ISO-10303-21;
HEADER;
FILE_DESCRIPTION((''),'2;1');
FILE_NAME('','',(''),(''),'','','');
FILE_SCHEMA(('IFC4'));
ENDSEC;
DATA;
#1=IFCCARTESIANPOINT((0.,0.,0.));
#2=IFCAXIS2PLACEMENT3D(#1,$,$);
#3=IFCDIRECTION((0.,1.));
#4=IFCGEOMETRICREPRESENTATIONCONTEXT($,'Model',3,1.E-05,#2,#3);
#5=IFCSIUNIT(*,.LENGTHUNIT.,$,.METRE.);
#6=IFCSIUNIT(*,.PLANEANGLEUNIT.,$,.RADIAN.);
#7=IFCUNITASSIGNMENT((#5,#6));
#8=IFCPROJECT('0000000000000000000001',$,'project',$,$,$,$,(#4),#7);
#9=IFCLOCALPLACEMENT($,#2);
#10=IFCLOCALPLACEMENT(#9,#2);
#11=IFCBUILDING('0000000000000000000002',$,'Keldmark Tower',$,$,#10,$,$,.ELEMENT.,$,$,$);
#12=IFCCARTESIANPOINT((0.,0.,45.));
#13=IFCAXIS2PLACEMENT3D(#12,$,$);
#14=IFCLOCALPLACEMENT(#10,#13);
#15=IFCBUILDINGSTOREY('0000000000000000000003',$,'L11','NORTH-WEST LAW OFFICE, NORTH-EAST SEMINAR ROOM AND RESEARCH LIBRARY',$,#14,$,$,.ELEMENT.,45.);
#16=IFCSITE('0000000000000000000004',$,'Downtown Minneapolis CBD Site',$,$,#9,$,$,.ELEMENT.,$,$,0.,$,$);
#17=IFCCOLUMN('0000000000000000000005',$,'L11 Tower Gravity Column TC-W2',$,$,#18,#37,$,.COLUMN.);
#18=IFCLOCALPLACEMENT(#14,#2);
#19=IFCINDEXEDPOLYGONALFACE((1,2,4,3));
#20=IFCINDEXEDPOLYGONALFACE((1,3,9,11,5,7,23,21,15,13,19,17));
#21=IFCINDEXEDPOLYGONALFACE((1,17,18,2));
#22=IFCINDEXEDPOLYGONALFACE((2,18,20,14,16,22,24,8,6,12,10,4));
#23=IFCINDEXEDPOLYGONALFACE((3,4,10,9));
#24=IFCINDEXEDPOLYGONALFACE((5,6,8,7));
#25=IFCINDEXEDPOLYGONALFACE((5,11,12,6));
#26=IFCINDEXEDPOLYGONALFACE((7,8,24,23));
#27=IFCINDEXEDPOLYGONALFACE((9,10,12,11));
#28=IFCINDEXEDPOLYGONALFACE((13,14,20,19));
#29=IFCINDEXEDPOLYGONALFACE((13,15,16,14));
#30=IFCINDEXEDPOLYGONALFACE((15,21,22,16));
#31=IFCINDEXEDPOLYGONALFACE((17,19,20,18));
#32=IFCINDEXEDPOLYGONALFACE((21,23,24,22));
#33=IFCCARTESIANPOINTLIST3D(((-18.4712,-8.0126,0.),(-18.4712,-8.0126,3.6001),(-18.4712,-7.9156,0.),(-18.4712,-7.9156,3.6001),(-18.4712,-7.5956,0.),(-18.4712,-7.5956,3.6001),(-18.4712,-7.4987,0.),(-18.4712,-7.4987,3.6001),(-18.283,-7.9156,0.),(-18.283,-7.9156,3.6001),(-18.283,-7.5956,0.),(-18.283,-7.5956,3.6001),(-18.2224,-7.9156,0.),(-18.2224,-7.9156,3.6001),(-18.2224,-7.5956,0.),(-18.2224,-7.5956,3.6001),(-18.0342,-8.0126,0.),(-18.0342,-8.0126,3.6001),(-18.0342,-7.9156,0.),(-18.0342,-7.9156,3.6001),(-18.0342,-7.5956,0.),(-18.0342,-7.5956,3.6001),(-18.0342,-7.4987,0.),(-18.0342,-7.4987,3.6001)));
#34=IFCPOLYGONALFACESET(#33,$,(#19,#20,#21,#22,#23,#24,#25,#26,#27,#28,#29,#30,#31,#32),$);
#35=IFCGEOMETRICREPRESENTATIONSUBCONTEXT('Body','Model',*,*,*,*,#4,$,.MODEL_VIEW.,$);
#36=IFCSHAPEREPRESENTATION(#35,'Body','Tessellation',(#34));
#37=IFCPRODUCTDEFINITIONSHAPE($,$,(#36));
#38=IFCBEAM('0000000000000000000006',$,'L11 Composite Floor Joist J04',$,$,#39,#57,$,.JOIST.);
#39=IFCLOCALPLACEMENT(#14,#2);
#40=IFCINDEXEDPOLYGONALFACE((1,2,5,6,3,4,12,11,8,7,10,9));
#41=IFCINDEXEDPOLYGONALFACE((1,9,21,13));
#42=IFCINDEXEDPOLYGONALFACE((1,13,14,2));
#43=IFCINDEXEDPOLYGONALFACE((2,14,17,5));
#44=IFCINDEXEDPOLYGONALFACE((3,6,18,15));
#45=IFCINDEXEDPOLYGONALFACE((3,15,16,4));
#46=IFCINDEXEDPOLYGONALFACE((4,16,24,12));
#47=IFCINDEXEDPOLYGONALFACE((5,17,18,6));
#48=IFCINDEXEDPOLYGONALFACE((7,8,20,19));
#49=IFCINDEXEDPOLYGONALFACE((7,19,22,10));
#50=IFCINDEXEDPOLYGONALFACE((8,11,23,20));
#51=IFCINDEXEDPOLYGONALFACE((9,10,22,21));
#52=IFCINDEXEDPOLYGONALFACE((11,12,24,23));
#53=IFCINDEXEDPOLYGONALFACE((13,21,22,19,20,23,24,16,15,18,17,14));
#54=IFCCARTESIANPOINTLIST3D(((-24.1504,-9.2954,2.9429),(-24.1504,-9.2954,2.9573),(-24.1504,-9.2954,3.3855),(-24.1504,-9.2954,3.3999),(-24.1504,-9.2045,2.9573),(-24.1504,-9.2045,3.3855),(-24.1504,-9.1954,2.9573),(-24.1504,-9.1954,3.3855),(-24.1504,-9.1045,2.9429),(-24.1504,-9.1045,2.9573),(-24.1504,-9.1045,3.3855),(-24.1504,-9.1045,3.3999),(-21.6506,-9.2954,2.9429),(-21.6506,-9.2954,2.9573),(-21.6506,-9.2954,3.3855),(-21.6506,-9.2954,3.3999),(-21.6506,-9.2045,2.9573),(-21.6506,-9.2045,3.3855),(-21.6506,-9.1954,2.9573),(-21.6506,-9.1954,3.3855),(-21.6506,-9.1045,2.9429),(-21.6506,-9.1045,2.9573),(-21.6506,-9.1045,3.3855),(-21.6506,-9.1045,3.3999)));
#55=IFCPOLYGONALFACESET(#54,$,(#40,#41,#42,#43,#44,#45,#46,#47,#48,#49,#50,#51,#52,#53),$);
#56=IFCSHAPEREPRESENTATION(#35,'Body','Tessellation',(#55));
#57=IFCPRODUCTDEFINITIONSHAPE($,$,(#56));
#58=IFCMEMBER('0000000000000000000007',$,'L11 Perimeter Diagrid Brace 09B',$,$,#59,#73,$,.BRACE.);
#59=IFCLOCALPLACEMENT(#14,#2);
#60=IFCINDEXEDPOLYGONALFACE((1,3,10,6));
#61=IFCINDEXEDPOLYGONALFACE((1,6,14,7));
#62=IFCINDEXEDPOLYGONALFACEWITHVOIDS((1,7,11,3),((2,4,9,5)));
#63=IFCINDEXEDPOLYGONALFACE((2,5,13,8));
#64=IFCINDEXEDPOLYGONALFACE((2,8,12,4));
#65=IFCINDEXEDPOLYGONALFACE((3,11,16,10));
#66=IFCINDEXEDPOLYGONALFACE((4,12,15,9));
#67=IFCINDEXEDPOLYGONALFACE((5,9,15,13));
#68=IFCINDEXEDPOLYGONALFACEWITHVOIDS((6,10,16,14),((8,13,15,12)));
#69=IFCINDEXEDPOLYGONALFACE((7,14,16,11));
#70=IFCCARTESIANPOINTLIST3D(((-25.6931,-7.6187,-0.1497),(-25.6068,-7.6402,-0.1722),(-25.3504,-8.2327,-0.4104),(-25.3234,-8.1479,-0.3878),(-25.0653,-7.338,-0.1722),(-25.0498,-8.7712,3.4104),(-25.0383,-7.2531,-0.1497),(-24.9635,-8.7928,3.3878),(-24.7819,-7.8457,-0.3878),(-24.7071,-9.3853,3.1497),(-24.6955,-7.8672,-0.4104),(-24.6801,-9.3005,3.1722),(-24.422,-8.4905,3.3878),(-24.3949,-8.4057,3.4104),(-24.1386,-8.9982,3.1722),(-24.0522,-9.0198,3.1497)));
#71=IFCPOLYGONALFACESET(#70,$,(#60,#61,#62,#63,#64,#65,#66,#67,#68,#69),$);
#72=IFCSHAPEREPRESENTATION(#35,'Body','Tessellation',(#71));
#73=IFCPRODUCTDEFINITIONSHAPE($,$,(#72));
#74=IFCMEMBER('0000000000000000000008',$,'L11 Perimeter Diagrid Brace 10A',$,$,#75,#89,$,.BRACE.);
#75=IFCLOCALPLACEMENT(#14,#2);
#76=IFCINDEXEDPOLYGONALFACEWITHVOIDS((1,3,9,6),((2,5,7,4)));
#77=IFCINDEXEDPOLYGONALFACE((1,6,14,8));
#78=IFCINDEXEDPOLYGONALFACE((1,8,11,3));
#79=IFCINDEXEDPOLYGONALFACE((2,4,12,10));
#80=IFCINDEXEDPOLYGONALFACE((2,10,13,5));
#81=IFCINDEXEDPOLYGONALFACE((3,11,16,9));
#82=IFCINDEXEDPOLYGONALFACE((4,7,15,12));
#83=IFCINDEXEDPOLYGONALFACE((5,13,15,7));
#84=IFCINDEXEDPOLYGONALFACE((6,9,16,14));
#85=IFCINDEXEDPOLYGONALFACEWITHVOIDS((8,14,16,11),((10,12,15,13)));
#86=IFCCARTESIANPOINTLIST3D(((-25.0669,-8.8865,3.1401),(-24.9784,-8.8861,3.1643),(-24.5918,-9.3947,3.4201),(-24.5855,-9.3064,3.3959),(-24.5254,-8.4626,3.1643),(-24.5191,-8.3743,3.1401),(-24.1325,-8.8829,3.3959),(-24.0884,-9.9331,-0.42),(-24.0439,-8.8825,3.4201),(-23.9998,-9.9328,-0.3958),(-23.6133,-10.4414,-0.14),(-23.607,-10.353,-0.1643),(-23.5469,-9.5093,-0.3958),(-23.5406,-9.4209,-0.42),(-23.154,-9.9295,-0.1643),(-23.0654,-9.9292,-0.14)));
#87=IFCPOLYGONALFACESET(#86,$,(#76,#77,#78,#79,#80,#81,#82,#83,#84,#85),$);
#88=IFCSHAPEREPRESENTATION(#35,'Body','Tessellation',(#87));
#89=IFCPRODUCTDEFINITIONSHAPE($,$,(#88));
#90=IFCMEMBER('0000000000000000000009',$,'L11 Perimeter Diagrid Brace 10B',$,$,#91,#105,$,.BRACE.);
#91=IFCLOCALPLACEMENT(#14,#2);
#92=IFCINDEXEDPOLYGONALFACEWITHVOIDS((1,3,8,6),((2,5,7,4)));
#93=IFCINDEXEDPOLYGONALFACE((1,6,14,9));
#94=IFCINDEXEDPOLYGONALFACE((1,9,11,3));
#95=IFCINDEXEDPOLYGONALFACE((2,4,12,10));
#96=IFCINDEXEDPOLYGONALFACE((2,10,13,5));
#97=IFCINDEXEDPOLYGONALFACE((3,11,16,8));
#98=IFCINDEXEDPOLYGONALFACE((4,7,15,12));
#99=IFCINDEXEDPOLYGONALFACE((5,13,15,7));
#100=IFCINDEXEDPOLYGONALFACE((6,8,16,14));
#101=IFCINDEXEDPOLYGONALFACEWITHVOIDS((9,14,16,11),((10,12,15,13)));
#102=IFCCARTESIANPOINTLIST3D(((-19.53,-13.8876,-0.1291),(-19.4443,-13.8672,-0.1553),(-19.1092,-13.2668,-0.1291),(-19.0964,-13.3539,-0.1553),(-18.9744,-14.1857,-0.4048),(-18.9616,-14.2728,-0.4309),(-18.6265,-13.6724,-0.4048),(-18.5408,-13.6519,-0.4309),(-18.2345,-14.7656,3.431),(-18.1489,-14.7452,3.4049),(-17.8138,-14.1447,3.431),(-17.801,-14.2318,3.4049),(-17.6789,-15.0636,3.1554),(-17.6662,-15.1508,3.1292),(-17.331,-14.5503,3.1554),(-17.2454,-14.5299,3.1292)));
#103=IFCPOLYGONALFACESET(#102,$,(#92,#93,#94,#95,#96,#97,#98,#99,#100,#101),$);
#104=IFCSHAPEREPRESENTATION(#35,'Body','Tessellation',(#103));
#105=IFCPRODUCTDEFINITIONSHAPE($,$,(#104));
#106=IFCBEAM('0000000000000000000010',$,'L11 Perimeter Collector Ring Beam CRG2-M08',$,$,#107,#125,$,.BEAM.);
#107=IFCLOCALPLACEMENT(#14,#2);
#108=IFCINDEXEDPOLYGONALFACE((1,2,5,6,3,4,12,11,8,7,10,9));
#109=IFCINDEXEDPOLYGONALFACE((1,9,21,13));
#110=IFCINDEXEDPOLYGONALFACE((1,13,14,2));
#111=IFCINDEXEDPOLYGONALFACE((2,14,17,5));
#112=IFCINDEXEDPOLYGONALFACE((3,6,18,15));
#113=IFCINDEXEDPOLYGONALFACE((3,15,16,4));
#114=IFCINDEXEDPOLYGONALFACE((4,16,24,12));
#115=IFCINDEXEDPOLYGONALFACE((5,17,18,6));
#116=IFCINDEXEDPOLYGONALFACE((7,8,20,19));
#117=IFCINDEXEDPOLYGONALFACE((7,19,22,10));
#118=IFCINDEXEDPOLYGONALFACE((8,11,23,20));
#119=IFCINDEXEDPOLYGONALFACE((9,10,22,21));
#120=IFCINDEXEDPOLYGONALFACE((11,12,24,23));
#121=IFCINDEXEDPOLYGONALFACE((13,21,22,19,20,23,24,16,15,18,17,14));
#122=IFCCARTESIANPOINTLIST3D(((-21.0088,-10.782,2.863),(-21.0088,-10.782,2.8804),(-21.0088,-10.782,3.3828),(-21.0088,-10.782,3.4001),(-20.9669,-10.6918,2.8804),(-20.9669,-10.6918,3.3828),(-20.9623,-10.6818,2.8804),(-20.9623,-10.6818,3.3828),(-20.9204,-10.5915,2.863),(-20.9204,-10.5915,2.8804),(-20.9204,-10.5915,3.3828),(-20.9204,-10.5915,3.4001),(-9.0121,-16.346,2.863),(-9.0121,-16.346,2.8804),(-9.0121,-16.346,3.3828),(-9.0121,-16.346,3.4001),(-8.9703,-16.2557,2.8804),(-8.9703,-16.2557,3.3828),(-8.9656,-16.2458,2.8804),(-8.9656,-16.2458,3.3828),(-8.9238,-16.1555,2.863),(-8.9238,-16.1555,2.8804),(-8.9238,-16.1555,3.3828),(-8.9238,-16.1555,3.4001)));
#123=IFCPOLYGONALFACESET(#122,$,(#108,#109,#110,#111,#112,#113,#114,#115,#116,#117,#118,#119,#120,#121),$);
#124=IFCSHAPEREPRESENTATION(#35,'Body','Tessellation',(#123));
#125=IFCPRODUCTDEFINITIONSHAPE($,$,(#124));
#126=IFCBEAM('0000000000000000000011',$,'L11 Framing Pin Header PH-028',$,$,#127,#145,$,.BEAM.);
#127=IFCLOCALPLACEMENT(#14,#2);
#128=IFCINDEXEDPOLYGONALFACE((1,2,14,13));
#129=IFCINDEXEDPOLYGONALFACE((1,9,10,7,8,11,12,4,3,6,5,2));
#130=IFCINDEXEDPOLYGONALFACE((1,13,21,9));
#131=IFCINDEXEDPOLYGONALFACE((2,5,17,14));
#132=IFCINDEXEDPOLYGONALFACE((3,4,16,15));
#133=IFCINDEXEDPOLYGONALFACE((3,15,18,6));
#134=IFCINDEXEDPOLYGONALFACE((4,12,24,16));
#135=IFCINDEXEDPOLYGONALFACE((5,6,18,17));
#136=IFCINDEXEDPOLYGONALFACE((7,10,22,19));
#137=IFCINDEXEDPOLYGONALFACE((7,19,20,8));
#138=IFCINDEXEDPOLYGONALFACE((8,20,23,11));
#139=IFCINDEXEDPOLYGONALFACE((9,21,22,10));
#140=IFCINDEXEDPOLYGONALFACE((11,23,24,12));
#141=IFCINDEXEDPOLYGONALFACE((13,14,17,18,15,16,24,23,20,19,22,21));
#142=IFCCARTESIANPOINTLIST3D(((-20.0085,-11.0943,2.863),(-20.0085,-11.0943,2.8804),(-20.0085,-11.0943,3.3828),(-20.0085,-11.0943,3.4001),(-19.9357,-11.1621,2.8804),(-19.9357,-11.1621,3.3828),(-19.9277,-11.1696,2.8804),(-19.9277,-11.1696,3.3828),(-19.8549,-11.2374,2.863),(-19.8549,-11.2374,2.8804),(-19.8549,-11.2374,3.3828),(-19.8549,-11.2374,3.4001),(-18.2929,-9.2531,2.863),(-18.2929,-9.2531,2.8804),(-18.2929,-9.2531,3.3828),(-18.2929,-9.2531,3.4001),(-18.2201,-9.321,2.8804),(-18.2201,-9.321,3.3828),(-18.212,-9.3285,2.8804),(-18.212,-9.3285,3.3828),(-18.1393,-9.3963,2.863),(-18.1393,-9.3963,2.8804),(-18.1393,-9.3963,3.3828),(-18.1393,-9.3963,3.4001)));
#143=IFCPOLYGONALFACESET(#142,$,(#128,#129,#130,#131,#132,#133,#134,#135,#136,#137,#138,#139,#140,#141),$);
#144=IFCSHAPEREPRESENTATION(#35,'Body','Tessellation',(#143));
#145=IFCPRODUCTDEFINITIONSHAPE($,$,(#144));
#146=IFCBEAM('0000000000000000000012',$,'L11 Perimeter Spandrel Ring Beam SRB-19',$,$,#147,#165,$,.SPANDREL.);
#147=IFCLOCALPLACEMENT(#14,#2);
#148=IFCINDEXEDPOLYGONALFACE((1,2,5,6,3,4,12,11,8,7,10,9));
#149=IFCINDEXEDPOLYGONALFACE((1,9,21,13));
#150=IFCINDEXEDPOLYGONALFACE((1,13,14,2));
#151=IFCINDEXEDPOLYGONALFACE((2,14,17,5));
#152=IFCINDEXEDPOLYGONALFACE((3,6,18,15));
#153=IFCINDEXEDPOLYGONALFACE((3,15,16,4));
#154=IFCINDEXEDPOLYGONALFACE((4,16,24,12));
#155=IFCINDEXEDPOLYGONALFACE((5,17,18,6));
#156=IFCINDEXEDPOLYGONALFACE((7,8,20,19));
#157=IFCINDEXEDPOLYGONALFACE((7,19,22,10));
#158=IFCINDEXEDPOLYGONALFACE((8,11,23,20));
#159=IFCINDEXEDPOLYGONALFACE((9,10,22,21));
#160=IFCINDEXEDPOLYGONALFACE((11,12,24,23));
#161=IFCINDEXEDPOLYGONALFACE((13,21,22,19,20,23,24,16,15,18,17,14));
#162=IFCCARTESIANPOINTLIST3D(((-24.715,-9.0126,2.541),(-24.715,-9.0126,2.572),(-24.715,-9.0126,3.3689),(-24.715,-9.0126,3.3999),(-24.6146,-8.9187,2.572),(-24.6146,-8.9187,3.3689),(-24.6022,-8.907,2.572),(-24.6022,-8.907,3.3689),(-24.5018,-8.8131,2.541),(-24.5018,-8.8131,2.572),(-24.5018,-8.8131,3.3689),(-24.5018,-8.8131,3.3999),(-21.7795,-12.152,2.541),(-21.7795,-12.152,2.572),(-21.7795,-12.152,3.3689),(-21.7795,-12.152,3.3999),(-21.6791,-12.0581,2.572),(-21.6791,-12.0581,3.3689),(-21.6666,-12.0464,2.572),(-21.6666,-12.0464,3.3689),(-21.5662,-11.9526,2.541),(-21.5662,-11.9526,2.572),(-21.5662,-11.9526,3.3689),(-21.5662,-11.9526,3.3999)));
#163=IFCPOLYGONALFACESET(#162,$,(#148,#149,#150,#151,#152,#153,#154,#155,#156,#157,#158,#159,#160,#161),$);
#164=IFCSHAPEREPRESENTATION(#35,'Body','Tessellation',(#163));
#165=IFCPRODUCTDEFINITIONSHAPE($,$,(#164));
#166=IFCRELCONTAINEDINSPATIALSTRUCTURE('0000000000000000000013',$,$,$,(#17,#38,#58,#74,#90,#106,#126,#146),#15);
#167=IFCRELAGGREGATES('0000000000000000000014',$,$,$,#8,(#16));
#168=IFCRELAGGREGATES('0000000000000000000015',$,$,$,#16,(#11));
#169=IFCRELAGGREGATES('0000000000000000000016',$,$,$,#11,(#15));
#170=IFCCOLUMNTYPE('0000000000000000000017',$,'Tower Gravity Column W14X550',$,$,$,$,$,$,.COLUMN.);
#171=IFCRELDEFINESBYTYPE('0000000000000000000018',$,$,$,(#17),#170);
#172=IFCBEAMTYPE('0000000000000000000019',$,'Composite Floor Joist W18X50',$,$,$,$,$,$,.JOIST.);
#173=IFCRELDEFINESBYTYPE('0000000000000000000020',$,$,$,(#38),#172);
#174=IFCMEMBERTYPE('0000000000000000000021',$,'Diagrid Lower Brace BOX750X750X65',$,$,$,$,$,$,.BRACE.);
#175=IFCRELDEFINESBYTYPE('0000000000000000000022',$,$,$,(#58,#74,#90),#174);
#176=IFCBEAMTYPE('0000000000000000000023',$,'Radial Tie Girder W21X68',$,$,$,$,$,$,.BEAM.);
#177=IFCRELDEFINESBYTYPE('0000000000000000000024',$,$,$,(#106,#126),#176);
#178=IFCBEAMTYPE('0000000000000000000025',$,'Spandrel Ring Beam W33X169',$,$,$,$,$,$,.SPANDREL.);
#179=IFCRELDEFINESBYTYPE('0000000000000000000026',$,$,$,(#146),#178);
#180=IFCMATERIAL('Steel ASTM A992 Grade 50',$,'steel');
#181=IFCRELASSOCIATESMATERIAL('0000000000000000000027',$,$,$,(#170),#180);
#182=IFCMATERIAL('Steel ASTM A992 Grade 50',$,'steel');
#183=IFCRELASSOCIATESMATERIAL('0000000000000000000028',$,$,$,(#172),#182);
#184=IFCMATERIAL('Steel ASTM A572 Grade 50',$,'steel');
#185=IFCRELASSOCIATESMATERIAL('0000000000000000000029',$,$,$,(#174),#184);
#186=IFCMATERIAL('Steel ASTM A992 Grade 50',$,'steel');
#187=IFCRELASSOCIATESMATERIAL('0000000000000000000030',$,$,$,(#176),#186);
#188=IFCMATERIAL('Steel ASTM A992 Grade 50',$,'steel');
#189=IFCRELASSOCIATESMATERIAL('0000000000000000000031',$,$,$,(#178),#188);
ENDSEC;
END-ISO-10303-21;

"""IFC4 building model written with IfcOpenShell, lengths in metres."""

from ifc_helpers import new_model, si_unit, direction, frame, origin, origin_2d, place, context, subcontext, project, spatial, hollow_rectangle, i_section, extrude, material, material_profile, profile_set, type_object, element, save


model = new_model("IFC4")

# Units and contexts
model_context = context("Model", 3, precision=1e-05, world=origin(), true_north=direction((0.0, 1.0)))
body_context = subcontext(model_context, "Body", "Model", "MODEL_VIEW")
ifc_project = project(units=[si_unit("LENGTHUNIT", "METRE"), si_unit("PLANEANGLEUNIT", "RADIAN")], contexts=[model_context])

# Site, building, storey
site_placement = place(None, origin())
site = spatial("IfcSite", under=ifc_project, at=site_placement, Name="Downtown Minneapolis CBD Site", CompositionType="ELEMENT", RefElevation=0.0)
building_placement = place(site_placement, origin())
building = spatial("IfcBuilding", under=site, at=building_placement, Name="Keldmark Tower", CompositionType="ELEMENT")
storey_placement = place(building_placement, frame((0.0, 0.0, 45.0)))
storey = spatial("IfcBuildingStorey", under=building, at=storey_placement, Name="L11", Description="NORTH-WEST LAW OFFICE, NORTH-EAST SEMINAR ROOM AND RESEARCH LIBRARY", CompositionType="ELEMENT", Elevation=45.0)

# Column
ifc_material_1 = material(Name="Steel ASTM A992 Grade 50", Category="steel")
ifc_material_profile_1 = material_profile(ifc_material_1, i_section(OverallWidth=0.437, OverallDepth=0.5139, WebThickness=0.0605, FlangeThickness=0.0969, at=origin_2d()), Name="W14X550")
ifc_profile_set_1 = profile_set([ifc_material_profile_1], Name="Steel ASTM A992 Grade 50")
column_type = type_object("IfcColumnType", Name="Tower Gravity Column W14X550", PredefinedType="COLUMN", material=ifc_profile_set_1)
column_placement = place(storey_placement, frame((-18.2527, -7.7556, 0.0), z_axis=(0.0, 0.0, 1.0), x_axis=(1.0, 0.0, 0.0)))
element("IfcColumn", 1, at=column_placement, inside=storey, type_object=column_type, Name="L11 Tower Gravity Column TC-W2", PredefinedType="COLUMN", context=body_context, shape_type="SweptSolid", body=[
    extrude(i_section(OverallWidth=0.437, OverallDepth=0.5139, WebThickness=0.0605, FlangeThickness=0.0969, at=origin_2d()), origin(), (0.0, 0.0, 1.0), 3.6001),
])

# Beam
ifc_material_2 = material(Name="Steel ASTM A992 Grade 50", Category="steel")
ifc_material_profile_2 = material_profile(ifc_material_2, i_section(OverallWidth=0.1909, OverallDepth=0.457, WebThickness=0.009, FlangeThickness=0.0144, at=origin_2d()), Name="W18X50")
ifc_profile_set_2 = profile_set([ifc_material_profile_2], Name="Steel ASTM A992 Grade 50")
beam_type_1 = type_object("IfcBeamType", Name="Composite Floor Joist W18X50", PredefinedType="JOIST", material=ifc_profile_set_2)
beam_1_placement = place(storey_placement, frame((-24.1504, -9.2, 3.1714), z_axis=(1.0, 0.0, 0.0), x_axis=(0.0, 1.0, 0.0)))
element("IfcBeam", 2, at=beam_1_placement, inside=storey, type_object=beam_type_1, Name="L11 Composite Floor Joist J04", PredefinedType="JOIST", context=body_context, shape_type="SweptSolid", body=[
    extrude(i_section(OverallWidth=0.1909, OverallDepth=0.457, WebThickness=0.009, FlangeThickness=0.0144, at=origin_2d()), origin(), (0.0, 0.0, 1.0), 2.4998),
])

# Members
ifc_material_3 = material(Name="Steel ASTM A572 Grade 50", Category="steel")
ifc_material_profile_3 = material_profile(ifc_material_3, hollow_rectangle(XDim=0.75, YDim=0.75, WallThickness=0.0649, at=origin_2d()), Name="BOX750X750X65")
ifc_profile_set_3 = profile_set([ifc_material_profile_3], Name="Steel ASTM A572 Grade 50")
member_type = type_object("IfcMemberType", Name="Diagrid Lower Brace BOX750X750X65", PredefinedType="BRACE", material=ifc_profile_set_3)
member_1_placement = place(storey_placement, frame((-25.1943, -7.7429, -0.28), z_axis=(0.169431, -0.303562, 0.937626), x_axis=(0.873196, 0.487369, 0.0)))
element("IfcMember", 3, at=member_1_placement, inside=storey, type_object=member_type, Name="L11 Perimeter Diagrid Brace 09B", PredefinedType="BRACE", context=body_context, shape_type="SweptSolid", body=[
    extrude(hollow_rectangle(XDim=0.75, YDim=0.75, WallThickness=0.0649, at=origin_2d()), origin(), (0.0, 0.0, 1.0), 3.7969),
])
member_2_placement = place(storey_placement, frame((-23.5769, -9.9312, -0.28), z_axis=(-0.254983, 0.272733, 0.927686), x_axis=(-0.730477, -0.682937, 0.0)))
element("IfcMember", 4, at=member_2_placement, inside=storey, type_object=member_type, Name="L11 Perimeter Diagrid Brace 10A", PredefinedType="BRACE", context=body_context, shape_type="SweptSolid", body=[
    extrude(hollow_rectangle(XDim=0.75, YDim=0.75, WallThickness=0.0649, at=origin_2d()), origin(), (0.0, 0.0, 1.0), 3.8376),
])
member_3_placement = place(storey_placement, frame((-19.0354, -13.7698, -0.28), z_axis=(0.333112, -0.225758, 0.915462), x_axis=(0.561021, 0.827802, 0.0)))
element("IfcMember", 5, at=member_3_placement, inside=storey, type_object=member_type, Name="L11 Perimeter Diagrid Brace 10B", PredefinedType="BRACE", context=body_context, shape_type="SweptSolid", body=[
    extrude(hollow_rectangle(XDim=0.75, YDim=0.75, WallThickness=0.0649, at=origin_2d()), origin(), (0.0, 0.0, 1.0), 3.8889),
])

# Beams
ifc_material_4 = material(Name="Steel ASTM A992 Grade 50", Category="steel")
ifc_material_profile_4 = material_profile(ifc_material_4, i_section(OverallWidth=0.21, OverallDepth=0.5371, WebThickness=0.011, FlangeThickness=0.0173, at=origin_2d()), Name="W21X68")
ifc_profile_set_4 = profile_set([ifc_material_profile_4], Name="Steel ASTM A992 Grade 50")
beam_type_2 = type_object("IfcBeamType", Name="Radial Tie Girder W21X68", PredefinedType="BEAM", material=ifc_profile_set_4)
beam_2_placement = place(storey_placement, frame((-20.9646, -10.6868, 3.1316), z_axis=(0.907179, -0.420746, 0.0), x_axis=(0.420746, 0.907179, 0.0)))
element("IfcBeam", 6, at=beam_2_placement, inside=storey, type_object=beam_type_2, Name="L11 Perimeter Collector Ring Beam CRG2-M08", PredefinedType="BEAM", context=body_context, shape_type="SweptSolid", body=[
    extrude(i_section(OverallWidth=0.21, OverallDepth=0.5371, WebThickness=0.011, FlangeThickness=0.0173, at=origin_2d()), origin(), (0.0, 0.0, 1.0), 13.2241),
])
beam_3_placement = place(storey_placement, frame((-18.2161, -9.3247, 3.1316), z_axis=(-0.681734, -0.7316, 0.0), x_axis=(0.7316, -0.681734, 0.0)))
element("IfcBeam", 7, at=beam_3_placement, inside=storey, type_object=beam_type_2, Name="L11 Framing Pin Header PH-028", PredefinedType="BEAM", context=body_context, shape_type="SweptSolid", body=[
    extrude(i_section(OverallWidth=0.21, OverallDepth=0.5371, WebThickness=0.011, FlangeThickness=0.0173, at=origin_2d()), origin(), (0.0, 0.0, 1.0), 2.5166),
])
ifc_material_5 = material(Name="Steel ASTM A992 Grade 50", Category="steel")
ifc_material_profile_5 = material_profile(ifc_material_5, i_section(OverallWidth=0.292, OverallDepth=0.8589, WebThickness=0.0171, FlangeThickness=0.031, at=origin_2d()), Name="W33X169")
ifc_profile_set_5 = profile_set([ifc_material_profile_5], Name="Steel ASTM A992 Grade 50")
beam_type_3 = type_object("IfcBeamType", Name="Spandrel Ring Beam W33X169", PredefinedType="SPANDREL", material=ifc_profile_set_5)
beam_4_placement = place(storey_placement, frame((-24.6084, -8.9128, 2.9705), z_axis=(0.682994, -0.730424, 0.0), x_axis=(0.730424, 0.682994, 0.0)))
element("IfcBeam", 8, at=beam_4_placement, inside=storey, type_object=beam_type_3, Name="L11 Perimeter Spandrel Ring Beam SRB-19", PredefinedType="SPANDREL", context=body_context, shape_type="SweptSolid", body=[
    extrude(i_section(OverallWidth=0.292, OverallDepth=0.8589, WebThickness=0.0171, FlangeThickness=0.031, at=origin_2d()), origin(), (0.0, 0.0, 1.0), 4.2981),
])

save(model, "model.ifc")
